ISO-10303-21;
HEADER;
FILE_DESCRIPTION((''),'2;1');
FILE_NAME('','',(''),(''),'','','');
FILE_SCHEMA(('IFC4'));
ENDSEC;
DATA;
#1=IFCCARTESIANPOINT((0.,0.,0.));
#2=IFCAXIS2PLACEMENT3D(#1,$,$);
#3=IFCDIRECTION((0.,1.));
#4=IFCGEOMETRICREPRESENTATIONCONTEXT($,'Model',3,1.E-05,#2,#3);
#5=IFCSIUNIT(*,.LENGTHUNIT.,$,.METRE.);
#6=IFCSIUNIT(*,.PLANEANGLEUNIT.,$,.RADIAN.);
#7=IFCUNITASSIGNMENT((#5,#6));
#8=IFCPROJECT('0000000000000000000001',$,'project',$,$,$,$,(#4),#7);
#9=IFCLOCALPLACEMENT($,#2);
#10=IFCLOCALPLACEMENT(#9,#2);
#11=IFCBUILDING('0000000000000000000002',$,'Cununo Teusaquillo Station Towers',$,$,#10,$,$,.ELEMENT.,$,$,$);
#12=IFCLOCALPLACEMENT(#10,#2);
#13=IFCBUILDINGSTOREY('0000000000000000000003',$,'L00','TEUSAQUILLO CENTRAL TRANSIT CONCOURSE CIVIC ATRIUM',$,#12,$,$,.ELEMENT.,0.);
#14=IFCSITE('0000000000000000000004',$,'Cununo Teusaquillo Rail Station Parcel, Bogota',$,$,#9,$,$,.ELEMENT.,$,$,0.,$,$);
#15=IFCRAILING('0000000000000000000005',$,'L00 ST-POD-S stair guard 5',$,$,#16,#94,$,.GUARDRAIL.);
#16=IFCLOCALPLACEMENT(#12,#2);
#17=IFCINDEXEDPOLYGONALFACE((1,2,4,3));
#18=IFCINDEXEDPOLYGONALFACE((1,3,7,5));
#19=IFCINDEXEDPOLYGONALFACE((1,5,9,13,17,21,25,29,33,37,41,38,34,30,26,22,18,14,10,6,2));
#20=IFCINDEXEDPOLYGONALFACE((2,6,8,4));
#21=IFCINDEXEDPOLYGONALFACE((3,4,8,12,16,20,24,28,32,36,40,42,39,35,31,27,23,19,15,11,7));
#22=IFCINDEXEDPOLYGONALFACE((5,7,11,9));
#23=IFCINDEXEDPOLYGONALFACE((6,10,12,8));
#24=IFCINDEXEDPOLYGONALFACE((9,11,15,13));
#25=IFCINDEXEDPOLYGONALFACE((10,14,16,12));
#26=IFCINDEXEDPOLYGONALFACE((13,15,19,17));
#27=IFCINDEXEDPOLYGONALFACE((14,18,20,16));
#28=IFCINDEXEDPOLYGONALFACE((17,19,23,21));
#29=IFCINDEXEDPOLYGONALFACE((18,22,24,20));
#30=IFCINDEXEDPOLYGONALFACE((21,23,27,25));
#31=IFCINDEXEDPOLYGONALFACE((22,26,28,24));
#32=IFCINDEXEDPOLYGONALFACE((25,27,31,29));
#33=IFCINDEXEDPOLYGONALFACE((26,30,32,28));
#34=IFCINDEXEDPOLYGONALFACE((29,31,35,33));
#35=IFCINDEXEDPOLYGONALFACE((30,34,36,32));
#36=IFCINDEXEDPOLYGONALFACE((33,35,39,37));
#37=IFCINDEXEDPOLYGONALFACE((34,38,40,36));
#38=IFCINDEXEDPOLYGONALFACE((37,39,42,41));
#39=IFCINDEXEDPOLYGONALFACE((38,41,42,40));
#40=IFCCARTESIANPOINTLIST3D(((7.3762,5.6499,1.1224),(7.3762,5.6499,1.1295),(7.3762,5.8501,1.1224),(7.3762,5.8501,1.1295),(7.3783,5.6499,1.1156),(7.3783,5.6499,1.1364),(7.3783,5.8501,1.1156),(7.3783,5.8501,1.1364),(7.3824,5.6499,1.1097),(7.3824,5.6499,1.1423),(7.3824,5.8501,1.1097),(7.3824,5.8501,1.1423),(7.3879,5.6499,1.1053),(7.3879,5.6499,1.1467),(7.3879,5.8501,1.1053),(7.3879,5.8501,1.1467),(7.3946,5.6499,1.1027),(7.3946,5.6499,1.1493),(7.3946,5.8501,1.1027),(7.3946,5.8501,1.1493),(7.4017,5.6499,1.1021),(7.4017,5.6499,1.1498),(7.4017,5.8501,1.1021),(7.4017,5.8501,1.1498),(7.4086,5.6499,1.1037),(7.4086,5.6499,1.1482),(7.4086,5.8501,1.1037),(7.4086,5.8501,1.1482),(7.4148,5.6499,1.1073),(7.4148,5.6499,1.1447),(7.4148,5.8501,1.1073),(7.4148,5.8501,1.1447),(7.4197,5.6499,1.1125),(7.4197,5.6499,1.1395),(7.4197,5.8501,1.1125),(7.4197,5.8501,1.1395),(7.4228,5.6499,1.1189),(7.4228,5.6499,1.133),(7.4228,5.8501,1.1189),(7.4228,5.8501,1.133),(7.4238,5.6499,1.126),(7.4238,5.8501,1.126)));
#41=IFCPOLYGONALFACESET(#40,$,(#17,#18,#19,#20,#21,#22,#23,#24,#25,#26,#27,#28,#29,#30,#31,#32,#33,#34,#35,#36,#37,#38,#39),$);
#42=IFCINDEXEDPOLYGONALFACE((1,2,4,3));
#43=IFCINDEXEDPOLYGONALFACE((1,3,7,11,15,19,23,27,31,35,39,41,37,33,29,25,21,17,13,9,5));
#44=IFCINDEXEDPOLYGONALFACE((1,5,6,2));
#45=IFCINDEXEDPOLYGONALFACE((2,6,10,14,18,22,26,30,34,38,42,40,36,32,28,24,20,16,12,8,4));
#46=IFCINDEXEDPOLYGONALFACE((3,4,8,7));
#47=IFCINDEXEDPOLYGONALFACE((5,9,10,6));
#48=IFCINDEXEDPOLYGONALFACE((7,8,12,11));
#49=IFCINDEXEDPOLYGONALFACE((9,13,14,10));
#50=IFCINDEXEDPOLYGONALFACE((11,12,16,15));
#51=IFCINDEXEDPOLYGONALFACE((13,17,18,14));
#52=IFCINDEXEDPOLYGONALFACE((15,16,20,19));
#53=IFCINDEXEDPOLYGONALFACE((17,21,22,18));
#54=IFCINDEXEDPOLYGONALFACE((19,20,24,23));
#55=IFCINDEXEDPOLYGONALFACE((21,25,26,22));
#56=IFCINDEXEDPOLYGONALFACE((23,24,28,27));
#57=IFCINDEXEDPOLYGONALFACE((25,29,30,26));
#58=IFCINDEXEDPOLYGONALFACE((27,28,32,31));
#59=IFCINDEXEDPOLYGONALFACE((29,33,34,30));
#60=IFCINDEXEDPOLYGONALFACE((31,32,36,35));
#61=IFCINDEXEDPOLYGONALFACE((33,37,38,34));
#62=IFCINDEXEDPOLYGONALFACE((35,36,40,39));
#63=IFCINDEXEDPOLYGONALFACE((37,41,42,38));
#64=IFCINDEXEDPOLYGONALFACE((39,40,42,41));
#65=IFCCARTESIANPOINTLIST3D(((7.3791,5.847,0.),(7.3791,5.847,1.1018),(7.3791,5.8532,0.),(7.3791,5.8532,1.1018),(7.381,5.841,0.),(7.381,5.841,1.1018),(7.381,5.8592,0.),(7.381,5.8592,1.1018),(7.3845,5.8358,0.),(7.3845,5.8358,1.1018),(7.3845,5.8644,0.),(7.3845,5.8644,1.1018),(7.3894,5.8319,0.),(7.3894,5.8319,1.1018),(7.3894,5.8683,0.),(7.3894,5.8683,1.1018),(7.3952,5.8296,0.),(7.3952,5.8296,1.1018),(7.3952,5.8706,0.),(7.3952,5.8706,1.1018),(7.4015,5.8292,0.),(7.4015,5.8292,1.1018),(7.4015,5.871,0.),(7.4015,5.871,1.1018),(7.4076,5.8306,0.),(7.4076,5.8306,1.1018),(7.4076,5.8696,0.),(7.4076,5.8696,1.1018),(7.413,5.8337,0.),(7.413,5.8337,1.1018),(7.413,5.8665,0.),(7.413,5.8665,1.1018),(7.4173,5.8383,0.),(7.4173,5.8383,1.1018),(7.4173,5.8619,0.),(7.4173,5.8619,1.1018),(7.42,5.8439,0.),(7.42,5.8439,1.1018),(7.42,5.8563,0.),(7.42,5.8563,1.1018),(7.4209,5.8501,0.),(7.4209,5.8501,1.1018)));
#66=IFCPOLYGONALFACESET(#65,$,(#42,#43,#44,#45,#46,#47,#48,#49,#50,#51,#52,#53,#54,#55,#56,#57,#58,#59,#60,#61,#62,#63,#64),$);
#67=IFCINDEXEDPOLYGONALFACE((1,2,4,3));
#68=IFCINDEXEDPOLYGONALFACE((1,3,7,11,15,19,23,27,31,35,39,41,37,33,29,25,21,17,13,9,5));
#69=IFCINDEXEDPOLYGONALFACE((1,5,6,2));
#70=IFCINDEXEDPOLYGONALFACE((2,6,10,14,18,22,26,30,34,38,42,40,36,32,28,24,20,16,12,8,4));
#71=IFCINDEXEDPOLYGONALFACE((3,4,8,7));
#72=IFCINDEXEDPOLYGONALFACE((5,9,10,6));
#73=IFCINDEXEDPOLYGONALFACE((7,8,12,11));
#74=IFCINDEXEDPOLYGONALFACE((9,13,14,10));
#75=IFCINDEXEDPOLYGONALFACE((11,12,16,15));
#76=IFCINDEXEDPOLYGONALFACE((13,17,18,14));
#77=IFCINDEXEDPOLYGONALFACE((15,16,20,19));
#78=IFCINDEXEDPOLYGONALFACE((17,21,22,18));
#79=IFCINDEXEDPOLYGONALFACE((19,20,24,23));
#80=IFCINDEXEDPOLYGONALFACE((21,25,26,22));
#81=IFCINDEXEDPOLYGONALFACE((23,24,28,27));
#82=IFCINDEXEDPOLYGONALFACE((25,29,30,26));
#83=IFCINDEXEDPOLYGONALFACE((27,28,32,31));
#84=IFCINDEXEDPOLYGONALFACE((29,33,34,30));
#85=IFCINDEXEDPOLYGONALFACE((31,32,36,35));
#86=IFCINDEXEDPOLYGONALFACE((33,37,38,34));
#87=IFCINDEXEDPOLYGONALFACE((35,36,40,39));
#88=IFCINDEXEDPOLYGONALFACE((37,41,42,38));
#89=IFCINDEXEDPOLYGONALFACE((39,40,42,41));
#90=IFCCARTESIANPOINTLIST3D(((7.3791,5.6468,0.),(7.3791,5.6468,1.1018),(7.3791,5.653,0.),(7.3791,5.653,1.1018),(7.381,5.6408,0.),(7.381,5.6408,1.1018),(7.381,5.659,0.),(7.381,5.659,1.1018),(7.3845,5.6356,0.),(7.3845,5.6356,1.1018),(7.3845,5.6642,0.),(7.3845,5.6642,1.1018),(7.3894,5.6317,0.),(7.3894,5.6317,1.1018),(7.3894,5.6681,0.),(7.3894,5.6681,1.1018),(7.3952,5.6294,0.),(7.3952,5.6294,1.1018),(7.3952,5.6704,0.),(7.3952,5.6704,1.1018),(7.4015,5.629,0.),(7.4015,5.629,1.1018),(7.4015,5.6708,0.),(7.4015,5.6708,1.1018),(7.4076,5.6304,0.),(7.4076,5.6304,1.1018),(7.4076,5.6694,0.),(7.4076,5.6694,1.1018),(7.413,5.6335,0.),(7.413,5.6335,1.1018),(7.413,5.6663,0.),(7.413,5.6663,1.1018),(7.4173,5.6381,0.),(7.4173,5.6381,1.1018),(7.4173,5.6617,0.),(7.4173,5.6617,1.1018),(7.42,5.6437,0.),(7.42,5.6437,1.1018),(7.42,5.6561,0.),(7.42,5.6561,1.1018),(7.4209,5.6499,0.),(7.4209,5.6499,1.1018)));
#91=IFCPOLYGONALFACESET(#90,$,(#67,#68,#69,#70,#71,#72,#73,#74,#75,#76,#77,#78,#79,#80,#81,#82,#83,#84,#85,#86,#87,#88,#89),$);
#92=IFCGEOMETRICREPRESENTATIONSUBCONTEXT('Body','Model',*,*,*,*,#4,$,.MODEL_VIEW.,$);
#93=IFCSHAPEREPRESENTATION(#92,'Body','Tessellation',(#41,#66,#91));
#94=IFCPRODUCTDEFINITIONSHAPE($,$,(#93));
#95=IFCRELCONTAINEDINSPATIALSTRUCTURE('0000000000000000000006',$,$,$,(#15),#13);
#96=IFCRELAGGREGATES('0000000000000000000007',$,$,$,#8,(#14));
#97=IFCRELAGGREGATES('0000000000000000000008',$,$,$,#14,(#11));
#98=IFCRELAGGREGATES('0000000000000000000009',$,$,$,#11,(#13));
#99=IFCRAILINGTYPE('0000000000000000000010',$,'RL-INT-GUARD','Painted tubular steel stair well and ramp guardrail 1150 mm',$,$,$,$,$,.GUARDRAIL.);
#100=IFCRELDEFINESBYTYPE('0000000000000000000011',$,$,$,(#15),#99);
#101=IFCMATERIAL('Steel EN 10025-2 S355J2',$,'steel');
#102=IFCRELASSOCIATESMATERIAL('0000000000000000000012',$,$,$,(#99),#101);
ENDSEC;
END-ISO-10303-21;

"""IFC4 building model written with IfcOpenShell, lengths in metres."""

from ifc_helpers import new_model, si_unit, direction, frame, origin, origin_2d, place, context, subcontext, project, spatial, circle, extrude, material, type_object, element, save


model = new_model("IFC4")

# Units and contexts
model_context = context("Model", 3, precision=1e-05, world=origin(), true_north=direction((0.0, 1.0)))
body_context = subcontext(model_context, "Body", "Model", "MODEL_VIEW")
ifc_project = project(units=[si_unit("LENGTHUNIT", "METRE"), si_unit("PLANEANGLEUNIT", "RADIAN")], contexts=[model_context])

# Site, building, storey
site_placement = place(None, origin())
site = spatial("IfcSite", under=ifc_project, at=site_placement, Name="Cununo Teusaquillo Rail Station Parcel, Bogota", CompositionType="ELEMENT", RefElevation=0.0)
building_placement = place(site_placement, origin())
building = spatial("IfcBuilding", under=site, at=building_placement, Name="Cununo Teusaquillo Station Towers", CompositionType="ELEMENT")
storey_placement = place(building_placement, origin())
storey = spatial("IfcBuildingStorey", under=building, at=storey_placement, Name="L00", Description="TEUSAQUILLO CENTRAL TRANSIT CONCOURSE CIVIC ATRIUM", CompositionType="ELEMENT", Elevation=0.0)

# Railing
ifc_material_1 = material(Name="Steel EN 10025-2 S355J2", Category="steel")
railing_type_1 = type_object("IfcRailingType", Name="RL-INT-GUARD", Description="Painted tubular steel stair well and ramp guardrail 1150 mm", PredefinedType="GUARDRAIL", material=ifc_material_1)
railing_1_placement = place(storey_placement, frame((7.3999, 5.8501, 0.0)))
element("IfcRailing", 1, at=railing_1_placement, inside=storey, type_object=railing_type_1, Name="L00 ST-POD-S stair guard 5", PredefinedType="GUARDRAIL", context=body_context, shape_type="SweptSolid", body=[
    extrude(circle(Radius=0.0239, at=origin_2d()), frame((0.0, 0.0, 1.126), z_axis=(0.0, -1.0, 0.0), x_axis=(1.0, 0.0, 0.0)), (0.0, 0.0, 1.0), 0.2002),
    extrude(circle(Radius=0.021, at=origin_2d()), origin(), (0.0, 0.0, 1.0), 1.1018),
    extrude(circle(Radius=0.021, at=origin_2d()), frame((0.0, -0.2002, 0.0)), (0.0, 0.0, 1.0), 1.1018),
])

save(model, "model.ifc")
